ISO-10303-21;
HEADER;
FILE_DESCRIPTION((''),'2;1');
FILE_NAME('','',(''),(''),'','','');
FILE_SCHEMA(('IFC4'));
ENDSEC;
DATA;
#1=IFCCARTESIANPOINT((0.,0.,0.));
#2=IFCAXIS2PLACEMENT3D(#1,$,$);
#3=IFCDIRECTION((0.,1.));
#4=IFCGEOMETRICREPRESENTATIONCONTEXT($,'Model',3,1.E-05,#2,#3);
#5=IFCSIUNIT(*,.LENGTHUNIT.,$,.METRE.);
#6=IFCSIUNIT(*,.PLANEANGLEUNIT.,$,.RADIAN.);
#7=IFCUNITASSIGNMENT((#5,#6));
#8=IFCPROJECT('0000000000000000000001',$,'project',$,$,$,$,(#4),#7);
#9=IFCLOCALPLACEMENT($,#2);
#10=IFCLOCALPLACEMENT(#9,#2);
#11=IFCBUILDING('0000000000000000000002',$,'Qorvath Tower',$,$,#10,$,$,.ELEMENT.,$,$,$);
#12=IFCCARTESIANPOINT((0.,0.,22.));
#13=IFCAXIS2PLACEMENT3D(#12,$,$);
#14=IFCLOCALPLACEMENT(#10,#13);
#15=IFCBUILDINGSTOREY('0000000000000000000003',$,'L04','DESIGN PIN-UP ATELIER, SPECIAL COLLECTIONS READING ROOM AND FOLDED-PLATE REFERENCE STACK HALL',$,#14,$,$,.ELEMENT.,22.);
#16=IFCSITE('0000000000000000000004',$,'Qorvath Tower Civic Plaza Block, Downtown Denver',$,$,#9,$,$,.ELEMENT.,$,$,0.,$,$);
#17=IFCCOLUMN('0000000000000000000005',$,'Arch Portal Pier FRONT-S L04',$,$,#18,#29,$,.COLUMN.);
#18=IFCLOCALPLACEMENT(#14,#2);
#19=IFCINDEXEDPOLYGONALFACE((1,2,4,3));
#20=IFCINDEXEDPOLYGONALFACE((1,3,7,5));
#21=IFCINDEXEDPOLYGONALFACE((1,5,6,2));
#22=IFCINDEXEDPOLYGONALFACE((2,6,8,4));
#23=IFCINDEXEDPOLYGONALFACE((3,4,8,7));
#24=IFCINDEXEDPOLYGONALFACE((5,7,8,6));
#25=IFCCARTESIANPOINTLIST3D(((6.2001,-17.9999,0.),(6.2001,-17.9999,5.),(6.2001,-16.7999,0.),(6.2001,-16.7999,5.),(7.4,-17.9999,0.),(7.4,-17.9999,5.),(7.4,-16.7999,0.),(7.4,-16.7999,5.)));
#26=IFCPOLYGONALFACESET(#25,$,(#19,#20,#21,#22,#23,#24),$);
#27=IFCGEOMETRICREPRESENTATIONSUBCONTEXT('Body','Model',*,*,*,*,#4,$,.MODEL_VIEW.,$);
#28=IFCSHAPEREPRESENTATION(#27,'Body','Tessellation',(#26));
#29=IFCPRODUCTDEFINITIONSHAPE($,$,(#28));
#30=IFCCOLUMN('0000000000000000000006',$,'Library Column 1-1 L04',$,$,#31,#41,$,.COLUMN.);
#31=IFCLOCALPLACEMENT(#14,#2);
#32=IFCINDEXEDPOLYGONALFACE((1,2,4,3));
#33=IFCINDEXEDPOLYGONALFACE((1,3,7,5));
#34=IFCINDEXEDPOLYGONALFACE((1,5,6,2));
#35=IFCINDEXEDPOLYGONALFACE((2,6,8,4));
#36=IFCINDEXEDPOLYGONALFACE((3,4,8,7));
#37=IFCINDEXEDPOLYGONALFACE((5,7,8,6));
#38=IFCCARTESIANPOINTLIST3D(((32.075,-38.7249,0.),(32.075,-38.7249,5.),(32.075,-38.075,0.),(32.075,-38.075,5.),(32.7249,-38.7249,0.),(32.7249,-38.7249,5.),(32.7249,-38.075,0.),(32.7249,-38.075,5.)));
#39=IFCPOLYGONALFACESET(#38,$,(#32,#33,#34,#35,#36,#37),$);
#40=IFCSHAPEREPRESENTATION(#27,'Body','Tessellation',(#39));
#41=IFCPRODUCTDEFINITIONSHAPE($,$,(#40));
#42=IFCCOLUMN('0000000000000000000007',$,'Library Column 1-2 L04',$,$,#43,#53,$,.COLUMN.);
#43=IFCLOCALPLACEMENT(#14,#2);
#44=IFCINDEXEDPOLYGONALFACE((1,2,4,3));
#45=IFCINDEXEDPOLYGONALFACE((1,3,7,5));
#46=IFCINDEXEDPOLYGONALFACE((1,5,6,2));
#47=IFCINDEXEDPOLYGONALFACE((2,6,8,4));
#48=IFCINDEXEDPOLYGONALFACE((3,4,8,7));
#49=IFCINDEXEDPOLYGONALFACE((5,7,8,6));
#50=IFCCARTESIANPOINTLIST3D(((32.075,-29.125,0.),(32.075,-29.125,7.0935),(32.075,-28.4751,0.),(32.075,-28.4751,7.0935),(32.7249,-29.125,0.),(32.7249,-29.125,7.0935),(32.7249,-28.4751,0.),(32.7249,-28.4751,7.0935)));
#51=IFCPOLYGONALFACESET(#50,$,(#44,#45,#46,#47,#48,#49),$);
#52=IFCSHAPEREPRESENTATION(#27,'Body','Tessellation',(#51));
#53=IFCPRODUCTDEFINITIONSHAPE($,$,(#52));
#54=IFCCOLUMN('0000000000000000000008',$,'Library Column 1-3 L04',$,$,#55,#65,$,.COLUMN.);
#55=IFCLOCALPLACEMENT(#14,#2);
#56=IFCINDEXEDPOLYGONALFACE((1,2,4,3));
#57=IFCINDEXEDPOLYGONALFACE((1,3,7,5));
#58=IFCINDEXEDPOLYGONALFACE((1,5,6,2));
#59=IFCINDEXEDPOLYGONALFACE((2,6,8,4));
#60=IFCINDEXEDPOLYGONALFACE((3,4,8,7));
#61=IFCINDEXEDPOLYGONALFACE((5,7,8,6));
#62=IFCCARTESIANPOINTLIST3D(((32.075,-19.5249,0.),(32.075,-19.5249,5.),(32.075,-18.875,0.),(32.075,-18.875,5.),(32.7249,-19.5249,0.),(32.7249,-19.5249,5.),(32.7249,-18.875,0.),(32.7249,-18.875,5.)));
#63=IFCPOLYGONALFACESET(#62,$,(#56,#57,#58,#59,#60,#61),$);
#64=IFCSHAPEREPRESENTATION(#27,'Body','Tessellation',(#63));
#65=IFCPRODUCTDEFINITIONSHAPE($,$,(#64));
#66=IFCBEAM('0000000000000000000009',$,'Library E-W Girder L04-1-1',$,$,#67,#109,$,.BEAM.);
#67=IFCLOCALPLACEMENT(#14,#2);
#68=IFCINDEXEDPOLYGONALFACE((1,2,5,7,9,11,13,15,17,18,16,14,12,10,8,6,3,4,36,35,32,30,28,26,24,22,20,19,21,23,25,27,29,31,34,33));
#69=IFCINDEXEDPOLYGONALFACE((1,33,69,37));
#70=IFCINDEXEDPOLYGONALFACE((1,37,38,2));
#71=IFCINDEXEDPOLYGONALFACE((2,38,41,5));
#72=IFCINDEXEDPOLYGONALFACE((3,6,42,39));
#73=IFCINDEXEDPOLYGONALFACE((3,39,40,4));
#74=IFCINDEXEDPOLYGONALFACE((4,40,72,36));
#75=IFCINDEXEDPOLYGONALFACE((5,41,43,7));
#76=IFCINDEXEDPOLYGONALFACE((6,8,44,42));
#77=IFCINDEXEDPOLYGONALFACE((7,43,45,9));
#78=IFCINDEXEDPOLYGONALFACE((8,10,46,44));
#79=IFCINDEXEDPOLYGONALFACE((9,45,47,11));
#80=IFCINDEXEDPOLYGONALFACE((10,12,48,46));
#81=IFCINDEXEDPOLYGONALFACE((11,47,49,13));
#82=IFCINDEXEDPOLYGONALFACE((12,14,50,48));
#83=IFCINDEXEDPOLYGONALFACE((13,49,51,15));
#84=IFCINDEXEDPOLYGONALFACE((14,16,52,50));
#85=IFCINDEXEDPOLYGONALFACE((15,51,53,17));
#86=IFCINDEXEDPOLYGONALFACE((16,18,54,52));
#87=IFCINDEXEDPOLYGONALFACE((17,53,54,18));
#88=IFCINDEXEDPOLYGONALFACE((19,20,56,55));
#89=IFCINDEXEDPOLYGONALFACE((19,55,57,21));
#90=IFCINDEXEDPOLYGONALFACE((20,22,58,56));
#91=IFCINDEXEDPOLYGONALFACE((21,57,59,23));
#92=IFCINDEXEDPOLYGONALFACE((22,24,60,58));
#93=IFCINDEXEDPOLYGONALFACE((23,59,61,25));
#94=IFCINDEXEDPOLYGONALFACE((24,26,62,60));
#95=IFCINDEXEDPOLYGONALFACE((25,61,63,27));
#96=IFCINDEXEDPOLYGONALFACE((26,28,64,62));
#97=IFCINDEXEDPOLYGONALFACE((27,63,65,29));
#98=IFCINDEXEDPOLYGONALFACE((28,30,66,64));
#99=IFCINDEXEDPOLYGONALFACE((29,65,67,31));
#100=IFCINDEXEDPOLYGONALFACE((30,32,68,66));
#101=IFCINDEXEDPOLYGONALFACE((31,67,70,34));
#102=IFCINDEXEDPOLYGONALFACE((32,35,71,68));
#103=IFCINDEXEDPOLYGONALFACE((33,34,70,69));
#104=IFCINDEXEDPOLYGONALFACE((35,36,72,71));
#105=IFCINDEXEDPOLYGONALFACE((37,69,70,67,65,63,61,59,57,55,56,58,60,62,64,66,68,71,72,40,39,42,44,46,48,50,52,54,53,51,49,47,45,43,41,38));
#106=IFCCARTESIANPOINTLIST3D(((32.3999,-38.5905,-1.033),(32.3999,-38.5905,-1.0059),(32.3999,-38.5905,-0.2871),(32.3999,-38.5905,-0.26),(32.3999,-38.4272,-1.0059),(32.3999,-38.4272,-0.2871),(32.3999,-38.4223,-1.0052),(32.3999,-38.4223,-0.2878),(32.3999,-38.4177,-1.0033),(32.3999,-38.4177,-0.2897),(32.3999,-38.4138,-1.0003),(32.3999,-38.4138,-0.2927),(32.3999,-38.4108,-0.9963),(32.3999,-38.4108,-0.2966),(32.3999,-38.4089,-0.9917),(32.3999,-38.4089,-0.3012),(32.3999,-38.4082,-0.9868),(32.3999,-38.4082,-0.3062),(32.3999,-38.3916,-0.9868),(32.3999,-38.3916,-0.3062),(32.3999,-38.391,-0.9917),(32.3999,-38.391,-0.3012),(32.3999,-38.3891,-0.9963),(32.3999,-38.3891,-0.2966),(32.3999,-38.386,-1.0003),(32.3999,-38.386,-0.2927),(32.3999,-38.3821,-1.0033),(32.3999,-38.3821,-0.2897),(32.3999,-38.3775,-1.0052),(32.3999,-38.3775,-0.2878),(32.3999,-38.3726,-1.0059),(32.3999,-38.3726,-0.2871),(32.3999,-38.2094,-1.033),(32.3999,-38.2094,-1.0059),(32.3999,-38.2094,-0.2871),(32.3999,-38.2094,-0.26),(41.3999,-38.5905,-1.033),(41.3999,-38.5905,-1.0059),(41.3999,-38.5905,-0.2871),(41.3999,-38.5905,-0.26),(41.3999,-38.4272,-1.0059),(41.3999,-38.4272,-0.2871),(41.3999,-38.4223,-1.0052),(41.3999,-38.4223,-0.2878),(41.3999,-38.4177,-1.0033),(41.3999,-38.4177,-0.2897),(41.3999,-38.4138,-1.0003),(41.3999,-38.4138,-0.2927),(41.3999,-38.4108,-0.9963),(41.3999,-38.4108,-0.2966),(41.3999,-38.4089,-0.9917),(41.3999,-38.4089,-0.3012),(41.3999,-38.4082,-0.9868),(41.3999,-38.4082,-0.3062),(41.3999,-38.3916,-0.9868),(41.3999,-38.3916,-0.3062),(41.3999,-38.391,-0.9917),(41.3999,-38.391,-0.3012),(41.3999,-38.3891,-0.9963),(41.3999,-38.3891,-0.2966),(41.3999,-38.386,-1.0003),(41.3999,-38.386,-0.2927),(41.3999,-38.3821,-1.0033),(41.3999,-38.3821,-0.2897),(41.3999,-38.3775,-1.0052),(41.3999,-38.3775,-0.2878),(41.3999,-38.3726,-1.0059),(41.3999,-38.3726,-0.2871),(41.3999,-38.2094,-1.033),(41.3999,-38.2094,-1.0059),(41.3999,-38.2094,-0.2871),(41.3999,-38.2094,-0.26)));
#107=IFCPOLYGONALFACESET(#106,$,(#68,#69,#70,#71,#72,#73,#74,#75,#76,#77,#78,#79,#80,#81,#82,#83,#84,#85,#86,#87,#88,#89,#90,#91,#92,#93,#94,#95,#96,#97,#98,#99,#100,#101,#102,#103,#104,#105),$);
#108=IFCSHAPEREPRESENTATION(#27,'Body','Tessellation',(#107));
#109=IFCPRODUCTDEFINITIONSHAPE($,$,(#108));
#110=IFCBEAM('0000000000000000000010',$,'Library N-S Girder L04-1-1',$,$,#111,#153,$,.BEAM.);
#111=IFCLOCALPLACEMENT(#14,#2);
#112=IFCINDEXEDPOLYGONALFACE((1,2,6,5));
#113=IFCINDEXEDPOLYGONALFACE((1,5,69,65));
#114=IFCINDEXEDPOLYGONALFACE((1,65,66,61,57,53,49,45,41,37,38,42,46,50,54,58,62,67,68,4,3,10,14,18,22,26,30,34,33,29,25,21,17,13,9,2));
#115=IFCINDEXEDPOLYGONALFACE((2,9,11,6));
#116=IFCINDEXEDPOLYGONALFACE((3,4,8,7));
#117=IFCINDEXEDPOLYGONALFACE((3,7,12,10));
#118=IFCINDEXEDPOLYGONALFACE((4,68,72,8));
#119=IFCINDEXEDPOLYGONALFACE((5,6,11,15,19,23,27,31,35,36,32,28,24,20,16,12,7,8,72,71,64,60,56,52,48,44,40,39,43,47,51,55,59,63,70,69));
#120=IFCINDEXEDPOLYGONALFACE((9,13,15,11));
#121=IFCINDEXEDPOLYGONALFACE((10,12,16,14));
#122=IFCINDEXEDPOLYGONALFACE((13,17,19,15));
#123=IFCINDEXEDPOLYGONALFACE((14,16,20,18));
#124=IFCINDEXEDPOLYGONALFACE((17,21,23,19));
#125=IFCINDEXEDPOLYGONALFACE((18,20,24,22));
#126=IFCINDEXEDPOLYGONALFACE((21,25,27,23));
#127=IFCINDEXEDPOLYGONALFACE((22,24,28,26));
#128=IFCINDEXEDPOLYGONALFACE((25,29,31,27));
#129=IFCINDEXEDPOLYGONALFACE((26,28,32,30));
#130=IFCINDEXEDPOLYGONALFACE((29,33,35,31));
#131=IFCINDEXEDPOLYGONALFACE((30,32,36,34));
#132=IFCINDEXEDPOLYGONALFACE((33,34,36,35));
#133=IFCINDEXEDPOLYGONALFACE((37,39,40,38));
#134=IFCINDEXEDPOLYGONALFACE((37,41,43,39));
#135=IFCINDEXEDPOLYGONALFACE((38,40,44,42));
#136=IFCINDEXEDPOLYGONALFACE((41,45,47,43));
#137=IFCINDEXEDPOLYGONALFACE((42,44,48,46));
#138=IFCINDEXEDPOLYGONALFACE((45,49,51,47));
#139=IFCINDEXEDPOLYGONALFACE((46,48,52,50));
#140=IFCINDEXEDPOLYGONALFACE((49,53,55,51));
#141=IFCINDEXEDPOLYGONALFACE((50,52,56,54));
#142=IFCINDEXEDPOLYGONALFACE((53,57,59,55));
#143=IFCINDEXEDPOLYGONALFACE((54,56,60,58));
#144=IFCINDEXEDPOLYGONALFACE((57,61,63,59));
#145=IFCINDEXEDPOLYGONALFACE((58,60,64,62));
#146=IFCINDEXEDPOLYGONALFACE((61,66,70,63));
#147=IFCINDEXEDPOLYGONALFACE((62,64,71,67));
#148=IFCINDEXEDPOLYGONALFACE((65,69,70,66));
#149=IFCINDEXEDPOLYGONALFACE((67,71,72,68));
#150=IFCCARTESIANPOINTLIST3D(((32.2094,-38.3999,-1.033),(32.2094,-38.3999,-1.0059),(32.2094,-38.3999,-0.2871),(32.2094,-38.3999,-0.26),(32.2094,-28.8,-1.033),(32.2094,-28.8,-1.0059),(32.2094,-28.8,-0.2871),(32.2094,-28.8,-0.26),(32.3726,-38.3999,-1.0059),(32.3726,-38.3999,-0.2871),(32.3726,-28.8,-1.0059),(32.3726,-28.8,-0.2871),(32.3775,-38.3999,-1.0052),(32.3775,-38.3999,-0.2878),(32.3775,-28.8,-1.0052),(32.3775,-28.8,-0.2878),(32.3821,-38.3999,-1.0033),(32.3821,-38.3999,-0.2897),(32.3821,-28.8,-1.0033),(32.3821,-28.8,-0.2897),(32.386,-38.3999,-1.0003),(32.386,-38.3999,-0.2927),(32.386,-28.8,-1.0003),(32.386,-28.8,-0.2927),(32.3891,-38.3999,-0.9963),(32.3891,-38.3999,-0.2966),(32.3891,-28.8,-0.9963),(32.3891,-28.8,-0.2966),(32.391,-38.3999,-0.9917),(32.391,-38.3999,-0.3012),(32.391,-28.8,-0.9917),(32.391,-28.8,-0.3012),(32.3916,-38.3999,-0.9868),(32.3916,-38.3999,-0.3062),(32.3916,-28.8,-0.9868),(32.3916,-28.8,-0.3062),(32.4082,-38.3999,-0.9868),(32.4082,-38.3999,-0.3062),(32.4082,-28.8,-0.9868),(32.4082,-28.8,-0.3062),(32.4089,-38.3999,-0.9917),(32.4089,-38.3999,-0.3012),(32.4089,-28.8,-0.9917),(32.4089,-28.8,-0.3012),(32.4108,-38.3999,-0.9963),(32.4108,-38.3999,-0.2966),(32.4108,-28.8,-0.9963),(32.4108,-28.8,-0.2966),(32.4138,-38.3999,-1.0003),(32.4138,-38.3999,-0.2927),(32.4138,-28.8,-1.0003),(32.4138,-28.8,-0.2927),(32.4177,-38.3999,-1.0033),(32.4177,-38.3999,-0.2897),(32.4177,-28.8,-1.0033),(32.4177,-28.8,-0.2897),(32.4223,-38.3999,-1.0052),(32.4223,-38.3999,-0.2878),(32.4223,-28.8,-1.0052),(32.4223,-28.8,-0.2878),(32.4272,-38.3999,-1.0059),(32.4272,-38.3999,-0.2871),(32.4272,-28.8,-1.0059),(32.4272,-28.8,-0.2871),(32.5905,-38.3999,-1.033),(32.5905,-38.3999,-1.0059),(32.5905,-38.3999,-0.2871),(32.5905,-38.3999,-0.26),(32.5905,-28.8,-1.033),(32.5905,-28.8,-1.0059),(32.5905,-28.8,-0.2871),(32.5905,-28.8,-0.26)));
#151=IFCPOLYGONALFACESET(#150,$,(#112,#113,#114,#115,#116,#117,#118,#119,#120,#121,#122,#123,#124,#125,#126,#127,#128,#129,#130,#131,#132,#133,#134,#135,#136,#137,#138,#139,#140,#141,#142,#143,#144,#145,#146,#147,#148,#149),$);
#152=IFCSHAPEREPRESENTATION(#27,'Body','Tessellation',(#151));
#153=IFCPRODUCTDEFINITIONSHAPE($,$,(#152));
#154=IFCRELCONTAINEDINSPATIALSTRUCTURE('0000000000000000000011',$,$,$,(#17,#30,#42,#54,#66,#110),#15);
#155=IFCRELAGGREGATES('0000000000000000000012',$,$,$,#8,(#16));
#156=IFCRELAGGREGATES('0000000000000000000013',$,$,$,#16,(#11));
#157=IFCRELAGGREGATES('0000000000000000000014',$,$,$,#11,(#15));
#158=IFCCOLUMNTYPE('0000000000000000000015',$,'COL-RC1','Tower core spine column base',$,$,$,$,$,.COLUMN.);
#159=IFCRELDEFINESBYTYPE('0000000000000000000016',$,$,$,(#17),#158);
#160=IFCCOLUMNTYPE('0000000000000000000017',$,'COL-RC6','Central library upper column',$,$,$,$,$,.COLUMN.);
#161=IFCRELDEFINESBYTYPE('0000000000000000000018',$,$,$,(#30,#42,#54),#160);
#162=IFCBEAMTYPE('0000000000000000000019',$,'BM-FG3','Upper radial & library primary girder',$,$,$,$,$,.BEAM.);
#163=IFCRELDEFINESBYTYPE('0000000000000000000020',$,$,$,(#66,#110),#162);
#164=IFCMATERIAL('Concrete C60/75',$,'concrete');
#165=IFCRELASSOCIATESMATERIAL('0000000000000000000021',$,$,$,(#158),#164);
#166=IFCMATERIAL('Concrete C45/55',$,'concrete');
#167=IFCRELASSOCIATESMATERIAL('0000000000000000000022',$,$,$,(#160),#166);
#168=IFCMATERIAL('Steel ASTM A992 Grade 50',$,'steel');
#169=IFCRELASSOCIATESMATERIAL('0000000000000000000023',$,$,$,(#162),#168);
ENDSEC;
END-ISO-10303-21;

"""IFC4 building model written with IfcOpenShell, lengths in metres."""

from ifc_helpers import new_model, si_unit, direction, frame, origin, origin_2d, place, context, subcontext, project, spatial, rectangle, i_section, extrude, material, material_profile, profile_set, type_object, element, save


model = new_model("IFC4")

# Units and contexts
model_context = context("Model", 3, precision=1e-05, world=origin(), true_north=direction((0.0, 1.0)))
body_context = subcontext(model_context, "Body", "Model", "MODEL_VIEW")
ifc_project = project(units=[si_unit("LENGTHUNIT", "METRE"), si_unit("PLANEANGLEUNIT", "RADIAN")], contexts=[model_context])

# Site, building, storey
site_placement = place(None, origin())
site = spatial("IfcSite", under=ifc_project, at=site_placement, Name="Qorvath Tower Civic Plaza Block, Downtown Denver", CompositionType="ELEMENT", RefElevation=0.0)
building_placement = place(site_placement, origin())
building = spatial("IfcBuilding", under=site, at=building_placement, Name="Qorvath Tower", CompositionType="ELEMENT")
storey_placement = place(building_placement, frame((0.0, 0.0, 22.0)))
storey = spatial("IfcBuildingStorey", under=building, at=storey_placement, Name="L04", Description="DESIGN PIN-UP ATELIER, SPECIAL COLLECTIONS READING ROOM AND FOLDED-PLATE REFERENCE STACK HALL", CompositionType="ELEMENT", Elevation=22.0)

# Columns
ifc_material_1 = material(Name="Concrete C60/75", Category="concrete")
ifc_material_profile_1 = material_profile(ifc_material_1, rectangle(XDim=1.2, YDim=1.2, at=origin_2d()), Name="RC 1200x1200")
ifc_profile_set_1 = profile_set([ifc_material_profile_1], Name="Concrete C60/75")
column_type_1 = type_object("IfcColumnType", Name="COL-RC1", Description="Tower core spine column base", PredefinedType="COLUMN", material=ifc_profile_set_1)
column_1_placement = place(storey_placement, frame((6.8, -17.3999, 0.0), z_axis=(0.0, 0.0, 1.0), x_axis=(1.0, 0.0, 0.0)))
element("IfcColumn", 1, at=column_1_placement, inside=storey, type_object=column_type_1, Name="Arch Portal Pier FRONT-S L04", PredefinedType="COLUMN", context=body_context, shape_type="SweptSolid", body=[
    extrude(rectangle(XDim=1.2, YDim=1.2, at=origin_2d()), origin(), (0.0, 0.0, 1.0), 5.0),
])
ifc_material_2 = material(Name="Concrete C45/55", Category="concrete")
ifc_material_profile_2 = material_profile(ifc_material_2, rectangle(XDim=0.6499, YDim=0.6499, at=origin_2d()), Name="RC 650x650")
ifc_profile_set_2 = profile_set([ifc_material_profile_2], Name="Concrete C45/55")
column_type_2 = type_object("IfcColumnType", Name="COL-RC6", Description="Central library upper column", PredefinedType="COLUMN", material=ifc_profile_set_2)
column_2_placement = place(storey_placement, frame((32.3999, -38.3999, 0.0), z_axis=(0.0, 0.0, 1.0), x_axis=(1.0, 0.0, 0.0)))
element("IfcColumn", 2, at=column_2_placement, inside=storey, type_object=column_type_2, Name="Library Column 1-1 L04", PredefinedType="COLUMN", context=body_context, shape_type="SweptSolid", body=[
    extrude(rectangle(XDim=0.6499, YDim=0.6499, at=origin_2d()), origin(), (0.0, 0.0, 1.0), 5.0),
])
column_3_placement = place(storey_placement, frame((32.3999, -28.8, 0.0), z_axis=(0.0, 0.0, 1.0), x_axis=(1.0, 0.0, 0.0)))
element("IfcColumn", 3, at=column_3_placement, inside=storey, type_object=column_type_2, Name="Library Column 1-2 L04", PredefinedType="COLUMN", context=body_context, shape_type="SweptSolid", body=[
    extrude(rectangle(XDim=0.6499, YDim=0.6499, at=origin_2d()), origin(), (0.0, 0.0, 1.0), 7.0935),
])
column_4_placement = place(storey_placement, frame((32.3999, -19.2, 0.0), z_axis=(0.0, 0.0, 1.0), x_axis=(1.0, 0.0, 0.0)))
element("IfcColumn", 4, at=column_4_placement, inside=storey, type_object=column_type_2, Name="Library Column 1-3 L04", PredefinedType="COLUMN", context=body_context, shape_type="SweptSolid", body=[
    extrude(rectangle(XDim=0.6499, YDim=0.6499, at=origin_2d()), origin(), (0.0, 0.0, 1.0), 5.0),
])

# Beams
ifc_material_3 = material(Name="Steel ASTM A992 Grade 50", Category="steel")
ifc_material_profile_3 = material_profile(ifc_material_3, i_section(OverallWidth=0.3811, OverallDepth=0.7729, WebThickness=0.0166, FlangeThickness=0.0271, FilletRadius=0.019, at=origin_2d()), Name="W30x173")
ifc_profile_set_3 = profile_set([ifc_material_profile_3], Name="Steel ASTM A992 Grade 50")
beam_type_1 = type_object("IfcBeamType", Name="BM-FG3", Description="Upper radial & library primary girder", PredefinedType="BEAM", material=ifc_profile_set_3)
beam_1_placement = place(storey_placement, frame((32.3999, -38.3999, -0.6465), z_axis=(1.0, 0.0, 0.0), x_axis=(0.0, 1.0, 0.0)))
element("IfcBeam", 5, at=beam_1_placement, inside=storey, type_object=beam_type_1, Name="Library E-W Girder L04-1-1", PredefinedType="BEAM", context=body_context, shape_type="SweptSolid", body=[
    extrude(i_section(OverallWidth=0.3811, OverallDepth=0.7729, WebThickness=0.0166, FlangeThickness=0.0271, FilletRadius=0.019, at=origin_2d()), origin(), (0.0, 0.0, 1.0), 9.0),
])
beam_2_placement = place(storey_placement, frame((32.3999, -38.3999, -0.6465), z_axis=(0.0, 1.0, 0.0), x_axis=(-1.0, 0.0, 0.0)))
element("IfcBeam", 6, at=beam_2_placement, inside=storey, type_object=beam_type_1, Name="Library N-S Girder L04-1-1", PredefinedType="BEAM", context=body_context, shape_type="SweptSolid", body=[
    extrude(i_section(OverallWidth=0.3811, OverallDepth=0.7729, WebThickness=0.0166, FlangeThickness=0.0271, FilletRadius=0.019, at=origin_2d()), origin(), (0.0, 0.0, 1.0), 9.5999),
])

save(model, "model.ifc")
